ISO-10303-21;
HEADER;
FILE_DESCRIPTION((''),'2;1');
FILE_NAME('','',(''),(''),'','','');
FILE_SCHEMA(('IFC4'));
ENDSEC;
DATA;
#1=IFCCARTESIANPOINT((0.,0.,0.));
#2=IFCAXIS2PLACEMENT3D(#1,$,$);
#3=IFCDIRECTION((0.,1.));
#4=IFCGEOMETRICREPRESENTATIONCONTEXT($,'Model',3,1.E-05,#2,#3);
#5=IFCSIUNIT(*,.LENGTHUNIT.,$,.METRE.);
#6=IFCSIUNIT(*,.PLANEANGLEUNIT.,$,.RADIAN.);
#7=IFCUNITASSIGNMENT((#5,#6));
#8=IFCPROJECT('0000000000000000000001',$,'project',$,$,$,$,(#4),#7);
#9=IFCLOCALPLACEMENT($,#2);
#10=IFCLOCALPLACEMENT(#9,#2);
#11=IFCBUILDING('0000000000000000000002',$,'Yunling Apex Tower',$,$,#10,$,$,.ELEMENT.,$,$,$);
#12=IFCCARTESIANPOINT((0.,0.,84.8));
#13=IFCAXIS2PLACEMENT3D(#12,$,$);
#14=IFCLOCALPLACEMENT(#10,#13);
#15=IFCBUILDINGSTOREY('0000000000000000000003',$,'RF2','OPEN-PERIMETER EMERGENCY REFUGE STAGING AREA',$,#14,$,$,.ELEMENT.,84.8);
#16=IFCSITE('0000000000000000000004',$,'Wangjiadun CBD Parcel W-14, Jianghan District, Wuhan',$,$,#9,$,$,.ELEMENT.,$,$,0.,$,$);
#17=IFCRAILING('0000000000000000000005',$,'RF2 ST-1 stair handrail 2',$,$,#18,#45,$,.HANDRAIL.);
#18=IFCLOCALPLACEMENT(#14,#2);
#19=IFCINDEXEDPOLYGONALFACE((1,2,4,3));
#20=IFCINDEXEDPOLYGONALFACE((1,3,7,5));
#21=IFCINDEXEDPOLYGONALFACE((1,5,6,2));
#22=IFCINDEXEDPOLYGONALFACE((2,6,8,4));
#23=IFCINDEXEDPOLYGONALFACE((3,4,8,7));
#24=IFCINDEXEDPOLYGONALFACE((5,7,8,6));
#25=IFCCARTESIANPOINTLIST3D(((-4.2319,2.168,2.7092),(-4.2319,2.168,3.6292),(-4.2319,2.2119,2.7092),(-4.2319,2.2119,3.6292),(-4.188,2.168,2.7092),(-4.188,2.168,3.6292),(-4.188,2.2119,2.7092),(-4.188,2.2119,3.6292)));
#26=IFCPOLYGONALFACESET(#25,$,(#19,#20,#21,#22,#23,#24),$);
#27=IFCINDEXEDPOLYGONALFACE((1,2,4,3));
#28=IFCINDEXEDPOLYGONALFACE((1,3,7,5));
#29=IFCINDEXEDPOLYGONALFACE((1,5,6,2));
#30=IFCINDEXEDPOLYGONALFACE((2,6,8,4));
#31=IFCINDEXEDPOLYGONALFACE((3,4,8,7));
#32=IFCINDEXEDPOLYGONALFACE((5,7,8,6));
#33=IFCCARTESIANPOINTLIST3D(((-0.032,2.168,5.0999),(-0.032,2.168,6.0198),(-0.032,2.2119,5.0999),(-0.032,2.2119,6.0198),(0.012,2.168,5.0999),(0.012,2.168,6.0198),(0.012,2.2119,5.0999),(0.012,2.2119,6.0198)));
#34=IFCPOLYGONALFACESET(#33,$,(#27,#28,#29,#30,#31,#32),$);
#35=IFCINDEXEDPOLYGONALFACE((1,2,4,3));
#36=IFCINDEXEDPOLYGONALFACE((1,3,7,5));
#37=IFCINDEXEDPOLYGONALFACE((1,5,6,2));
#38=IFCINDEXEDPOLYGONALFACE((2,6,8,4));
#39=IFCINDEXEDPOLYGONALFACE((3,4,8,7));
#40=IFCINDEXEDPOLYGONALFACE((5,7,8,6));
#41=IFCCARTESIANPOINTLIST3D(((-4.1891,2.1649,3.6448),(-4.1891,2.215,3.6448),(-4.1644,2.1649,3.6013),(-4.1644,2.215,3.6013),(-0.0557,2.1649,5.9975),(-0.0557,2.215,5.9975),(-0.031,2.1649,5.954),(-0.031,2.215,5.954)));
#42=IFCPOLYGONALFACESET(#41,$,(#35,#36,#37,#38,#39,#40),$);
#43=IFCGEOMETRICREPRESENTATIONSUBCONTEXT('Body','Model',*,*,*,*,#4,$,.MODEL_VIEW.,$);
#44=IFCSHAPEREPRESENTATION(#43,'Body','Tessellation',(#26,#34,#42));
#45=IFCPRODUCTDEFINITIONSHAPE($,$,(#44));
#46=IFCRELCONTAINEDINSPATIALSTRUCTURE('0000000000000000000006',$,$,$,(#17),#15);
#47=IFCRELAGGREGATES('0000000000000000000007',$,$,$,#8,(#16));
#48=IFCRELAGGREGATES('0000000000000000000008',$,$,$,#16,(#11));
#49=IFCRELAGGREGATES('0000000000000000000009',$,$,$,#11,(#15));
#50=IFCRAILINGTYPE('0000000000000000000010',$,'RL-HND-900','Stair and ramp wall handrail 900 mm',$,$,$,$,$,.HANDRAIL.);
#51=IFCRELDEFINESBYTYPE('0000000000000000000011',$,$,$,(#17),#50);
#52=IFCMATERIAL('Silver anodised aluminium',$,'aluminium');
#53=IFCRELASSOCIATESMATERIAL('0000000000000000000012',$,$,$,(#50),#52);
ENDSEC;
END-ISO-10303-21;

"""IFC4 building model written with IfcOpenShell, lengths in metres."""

from ifc_helpers import new_model, si_unit, direction, frame, origin, origin_2d, place, context, subcontext, project, spatial, rectangle, extrude, material, type_object, element, save


model = new_model("IFC4")

# Units and contexts
model_context = context("Model", 3, precision=1e-05, world=origin(), true_north=direction((0.0, 1.0)))
body_context = subcontext(model_context, "Body", "Model", "MODEL_VIEW")
ifc_project = project(units=[si_unit("LENGTHUNIT", "METRE"), si_unit("PLANEANGLEUNIT", "RADIAN")], contexts=[model_context])

# Site, building, storey
site_placement = place(None, origin())
site = spatial("IfcSite", under=ifc_project, at=site_placement, Name="Wangjiadun CBD Parcel W-14, Jianghan District, Wuhan", CompositionType="ELEMENT", RefElevation=0.0)
building_placement = place(site_placement, origin())
building = spatial("IfcBuilding", under=site, at=building_placement, Name="Yunling Apex Tower", CompositionType="ELEMENT")
storey_placement = place(building_placement, frame((0.0, 0.0, 84.8)))
storey = spatial("IfcBuildingStorey", under=building, at=storey_placement, Name="RF2", Description="OPEN-PERIMETER EMERGENCY REFUGE STAGING AREA", CompositionType="ELEMENT", Elevation=84.8)

# Railing
ifc_material_1 = material(Name="Silver anodised aluminium", Category="aluminium")
railing_type_1 = type_object("IfcRailingType", Name="RL-HND-900", Description="Stair and ramp wall handrail 900 mm", PredefinedType="HANDRAIL", material=ifc_material_1)
railing_1_placement = place(storey_placement, frame((-4.21, 2.1899, 2.7092)))
element("IfcRailing", 1, at=railing_1_placement, inside=storey, type_object=railing_type_1, Name="RF2 ST-1 stair handrail 2", PredefinedType="HANDRAIL", context=body_context, shape_type="SweptSolid", body=[
    extrude(rectangle(XDim=0.0439, YDim=0.0439, at=origin_2d()), origin(), (0.0, 0.0, 1.0), 0.9199),
    extrude(rectangle(XDim=0.0439, YDim=0.0439, at=origin_2d()), frame((4.2, 0.0, 2.3906)), (0.0, 0.0, 1.0), 0.9199),
    extrude(rectangle(XDim=0.05, YDim=0.05, at=origin_2d()), frame((0.0332, 0.0, 0.9138), z_axis=(0.869075, 0.0, 0.49468), x_axis=(0.0, 1.0, 0.0)), (0.0, 0.0, 1.0), 4.7561),
])

save(model, "model.ifc")
